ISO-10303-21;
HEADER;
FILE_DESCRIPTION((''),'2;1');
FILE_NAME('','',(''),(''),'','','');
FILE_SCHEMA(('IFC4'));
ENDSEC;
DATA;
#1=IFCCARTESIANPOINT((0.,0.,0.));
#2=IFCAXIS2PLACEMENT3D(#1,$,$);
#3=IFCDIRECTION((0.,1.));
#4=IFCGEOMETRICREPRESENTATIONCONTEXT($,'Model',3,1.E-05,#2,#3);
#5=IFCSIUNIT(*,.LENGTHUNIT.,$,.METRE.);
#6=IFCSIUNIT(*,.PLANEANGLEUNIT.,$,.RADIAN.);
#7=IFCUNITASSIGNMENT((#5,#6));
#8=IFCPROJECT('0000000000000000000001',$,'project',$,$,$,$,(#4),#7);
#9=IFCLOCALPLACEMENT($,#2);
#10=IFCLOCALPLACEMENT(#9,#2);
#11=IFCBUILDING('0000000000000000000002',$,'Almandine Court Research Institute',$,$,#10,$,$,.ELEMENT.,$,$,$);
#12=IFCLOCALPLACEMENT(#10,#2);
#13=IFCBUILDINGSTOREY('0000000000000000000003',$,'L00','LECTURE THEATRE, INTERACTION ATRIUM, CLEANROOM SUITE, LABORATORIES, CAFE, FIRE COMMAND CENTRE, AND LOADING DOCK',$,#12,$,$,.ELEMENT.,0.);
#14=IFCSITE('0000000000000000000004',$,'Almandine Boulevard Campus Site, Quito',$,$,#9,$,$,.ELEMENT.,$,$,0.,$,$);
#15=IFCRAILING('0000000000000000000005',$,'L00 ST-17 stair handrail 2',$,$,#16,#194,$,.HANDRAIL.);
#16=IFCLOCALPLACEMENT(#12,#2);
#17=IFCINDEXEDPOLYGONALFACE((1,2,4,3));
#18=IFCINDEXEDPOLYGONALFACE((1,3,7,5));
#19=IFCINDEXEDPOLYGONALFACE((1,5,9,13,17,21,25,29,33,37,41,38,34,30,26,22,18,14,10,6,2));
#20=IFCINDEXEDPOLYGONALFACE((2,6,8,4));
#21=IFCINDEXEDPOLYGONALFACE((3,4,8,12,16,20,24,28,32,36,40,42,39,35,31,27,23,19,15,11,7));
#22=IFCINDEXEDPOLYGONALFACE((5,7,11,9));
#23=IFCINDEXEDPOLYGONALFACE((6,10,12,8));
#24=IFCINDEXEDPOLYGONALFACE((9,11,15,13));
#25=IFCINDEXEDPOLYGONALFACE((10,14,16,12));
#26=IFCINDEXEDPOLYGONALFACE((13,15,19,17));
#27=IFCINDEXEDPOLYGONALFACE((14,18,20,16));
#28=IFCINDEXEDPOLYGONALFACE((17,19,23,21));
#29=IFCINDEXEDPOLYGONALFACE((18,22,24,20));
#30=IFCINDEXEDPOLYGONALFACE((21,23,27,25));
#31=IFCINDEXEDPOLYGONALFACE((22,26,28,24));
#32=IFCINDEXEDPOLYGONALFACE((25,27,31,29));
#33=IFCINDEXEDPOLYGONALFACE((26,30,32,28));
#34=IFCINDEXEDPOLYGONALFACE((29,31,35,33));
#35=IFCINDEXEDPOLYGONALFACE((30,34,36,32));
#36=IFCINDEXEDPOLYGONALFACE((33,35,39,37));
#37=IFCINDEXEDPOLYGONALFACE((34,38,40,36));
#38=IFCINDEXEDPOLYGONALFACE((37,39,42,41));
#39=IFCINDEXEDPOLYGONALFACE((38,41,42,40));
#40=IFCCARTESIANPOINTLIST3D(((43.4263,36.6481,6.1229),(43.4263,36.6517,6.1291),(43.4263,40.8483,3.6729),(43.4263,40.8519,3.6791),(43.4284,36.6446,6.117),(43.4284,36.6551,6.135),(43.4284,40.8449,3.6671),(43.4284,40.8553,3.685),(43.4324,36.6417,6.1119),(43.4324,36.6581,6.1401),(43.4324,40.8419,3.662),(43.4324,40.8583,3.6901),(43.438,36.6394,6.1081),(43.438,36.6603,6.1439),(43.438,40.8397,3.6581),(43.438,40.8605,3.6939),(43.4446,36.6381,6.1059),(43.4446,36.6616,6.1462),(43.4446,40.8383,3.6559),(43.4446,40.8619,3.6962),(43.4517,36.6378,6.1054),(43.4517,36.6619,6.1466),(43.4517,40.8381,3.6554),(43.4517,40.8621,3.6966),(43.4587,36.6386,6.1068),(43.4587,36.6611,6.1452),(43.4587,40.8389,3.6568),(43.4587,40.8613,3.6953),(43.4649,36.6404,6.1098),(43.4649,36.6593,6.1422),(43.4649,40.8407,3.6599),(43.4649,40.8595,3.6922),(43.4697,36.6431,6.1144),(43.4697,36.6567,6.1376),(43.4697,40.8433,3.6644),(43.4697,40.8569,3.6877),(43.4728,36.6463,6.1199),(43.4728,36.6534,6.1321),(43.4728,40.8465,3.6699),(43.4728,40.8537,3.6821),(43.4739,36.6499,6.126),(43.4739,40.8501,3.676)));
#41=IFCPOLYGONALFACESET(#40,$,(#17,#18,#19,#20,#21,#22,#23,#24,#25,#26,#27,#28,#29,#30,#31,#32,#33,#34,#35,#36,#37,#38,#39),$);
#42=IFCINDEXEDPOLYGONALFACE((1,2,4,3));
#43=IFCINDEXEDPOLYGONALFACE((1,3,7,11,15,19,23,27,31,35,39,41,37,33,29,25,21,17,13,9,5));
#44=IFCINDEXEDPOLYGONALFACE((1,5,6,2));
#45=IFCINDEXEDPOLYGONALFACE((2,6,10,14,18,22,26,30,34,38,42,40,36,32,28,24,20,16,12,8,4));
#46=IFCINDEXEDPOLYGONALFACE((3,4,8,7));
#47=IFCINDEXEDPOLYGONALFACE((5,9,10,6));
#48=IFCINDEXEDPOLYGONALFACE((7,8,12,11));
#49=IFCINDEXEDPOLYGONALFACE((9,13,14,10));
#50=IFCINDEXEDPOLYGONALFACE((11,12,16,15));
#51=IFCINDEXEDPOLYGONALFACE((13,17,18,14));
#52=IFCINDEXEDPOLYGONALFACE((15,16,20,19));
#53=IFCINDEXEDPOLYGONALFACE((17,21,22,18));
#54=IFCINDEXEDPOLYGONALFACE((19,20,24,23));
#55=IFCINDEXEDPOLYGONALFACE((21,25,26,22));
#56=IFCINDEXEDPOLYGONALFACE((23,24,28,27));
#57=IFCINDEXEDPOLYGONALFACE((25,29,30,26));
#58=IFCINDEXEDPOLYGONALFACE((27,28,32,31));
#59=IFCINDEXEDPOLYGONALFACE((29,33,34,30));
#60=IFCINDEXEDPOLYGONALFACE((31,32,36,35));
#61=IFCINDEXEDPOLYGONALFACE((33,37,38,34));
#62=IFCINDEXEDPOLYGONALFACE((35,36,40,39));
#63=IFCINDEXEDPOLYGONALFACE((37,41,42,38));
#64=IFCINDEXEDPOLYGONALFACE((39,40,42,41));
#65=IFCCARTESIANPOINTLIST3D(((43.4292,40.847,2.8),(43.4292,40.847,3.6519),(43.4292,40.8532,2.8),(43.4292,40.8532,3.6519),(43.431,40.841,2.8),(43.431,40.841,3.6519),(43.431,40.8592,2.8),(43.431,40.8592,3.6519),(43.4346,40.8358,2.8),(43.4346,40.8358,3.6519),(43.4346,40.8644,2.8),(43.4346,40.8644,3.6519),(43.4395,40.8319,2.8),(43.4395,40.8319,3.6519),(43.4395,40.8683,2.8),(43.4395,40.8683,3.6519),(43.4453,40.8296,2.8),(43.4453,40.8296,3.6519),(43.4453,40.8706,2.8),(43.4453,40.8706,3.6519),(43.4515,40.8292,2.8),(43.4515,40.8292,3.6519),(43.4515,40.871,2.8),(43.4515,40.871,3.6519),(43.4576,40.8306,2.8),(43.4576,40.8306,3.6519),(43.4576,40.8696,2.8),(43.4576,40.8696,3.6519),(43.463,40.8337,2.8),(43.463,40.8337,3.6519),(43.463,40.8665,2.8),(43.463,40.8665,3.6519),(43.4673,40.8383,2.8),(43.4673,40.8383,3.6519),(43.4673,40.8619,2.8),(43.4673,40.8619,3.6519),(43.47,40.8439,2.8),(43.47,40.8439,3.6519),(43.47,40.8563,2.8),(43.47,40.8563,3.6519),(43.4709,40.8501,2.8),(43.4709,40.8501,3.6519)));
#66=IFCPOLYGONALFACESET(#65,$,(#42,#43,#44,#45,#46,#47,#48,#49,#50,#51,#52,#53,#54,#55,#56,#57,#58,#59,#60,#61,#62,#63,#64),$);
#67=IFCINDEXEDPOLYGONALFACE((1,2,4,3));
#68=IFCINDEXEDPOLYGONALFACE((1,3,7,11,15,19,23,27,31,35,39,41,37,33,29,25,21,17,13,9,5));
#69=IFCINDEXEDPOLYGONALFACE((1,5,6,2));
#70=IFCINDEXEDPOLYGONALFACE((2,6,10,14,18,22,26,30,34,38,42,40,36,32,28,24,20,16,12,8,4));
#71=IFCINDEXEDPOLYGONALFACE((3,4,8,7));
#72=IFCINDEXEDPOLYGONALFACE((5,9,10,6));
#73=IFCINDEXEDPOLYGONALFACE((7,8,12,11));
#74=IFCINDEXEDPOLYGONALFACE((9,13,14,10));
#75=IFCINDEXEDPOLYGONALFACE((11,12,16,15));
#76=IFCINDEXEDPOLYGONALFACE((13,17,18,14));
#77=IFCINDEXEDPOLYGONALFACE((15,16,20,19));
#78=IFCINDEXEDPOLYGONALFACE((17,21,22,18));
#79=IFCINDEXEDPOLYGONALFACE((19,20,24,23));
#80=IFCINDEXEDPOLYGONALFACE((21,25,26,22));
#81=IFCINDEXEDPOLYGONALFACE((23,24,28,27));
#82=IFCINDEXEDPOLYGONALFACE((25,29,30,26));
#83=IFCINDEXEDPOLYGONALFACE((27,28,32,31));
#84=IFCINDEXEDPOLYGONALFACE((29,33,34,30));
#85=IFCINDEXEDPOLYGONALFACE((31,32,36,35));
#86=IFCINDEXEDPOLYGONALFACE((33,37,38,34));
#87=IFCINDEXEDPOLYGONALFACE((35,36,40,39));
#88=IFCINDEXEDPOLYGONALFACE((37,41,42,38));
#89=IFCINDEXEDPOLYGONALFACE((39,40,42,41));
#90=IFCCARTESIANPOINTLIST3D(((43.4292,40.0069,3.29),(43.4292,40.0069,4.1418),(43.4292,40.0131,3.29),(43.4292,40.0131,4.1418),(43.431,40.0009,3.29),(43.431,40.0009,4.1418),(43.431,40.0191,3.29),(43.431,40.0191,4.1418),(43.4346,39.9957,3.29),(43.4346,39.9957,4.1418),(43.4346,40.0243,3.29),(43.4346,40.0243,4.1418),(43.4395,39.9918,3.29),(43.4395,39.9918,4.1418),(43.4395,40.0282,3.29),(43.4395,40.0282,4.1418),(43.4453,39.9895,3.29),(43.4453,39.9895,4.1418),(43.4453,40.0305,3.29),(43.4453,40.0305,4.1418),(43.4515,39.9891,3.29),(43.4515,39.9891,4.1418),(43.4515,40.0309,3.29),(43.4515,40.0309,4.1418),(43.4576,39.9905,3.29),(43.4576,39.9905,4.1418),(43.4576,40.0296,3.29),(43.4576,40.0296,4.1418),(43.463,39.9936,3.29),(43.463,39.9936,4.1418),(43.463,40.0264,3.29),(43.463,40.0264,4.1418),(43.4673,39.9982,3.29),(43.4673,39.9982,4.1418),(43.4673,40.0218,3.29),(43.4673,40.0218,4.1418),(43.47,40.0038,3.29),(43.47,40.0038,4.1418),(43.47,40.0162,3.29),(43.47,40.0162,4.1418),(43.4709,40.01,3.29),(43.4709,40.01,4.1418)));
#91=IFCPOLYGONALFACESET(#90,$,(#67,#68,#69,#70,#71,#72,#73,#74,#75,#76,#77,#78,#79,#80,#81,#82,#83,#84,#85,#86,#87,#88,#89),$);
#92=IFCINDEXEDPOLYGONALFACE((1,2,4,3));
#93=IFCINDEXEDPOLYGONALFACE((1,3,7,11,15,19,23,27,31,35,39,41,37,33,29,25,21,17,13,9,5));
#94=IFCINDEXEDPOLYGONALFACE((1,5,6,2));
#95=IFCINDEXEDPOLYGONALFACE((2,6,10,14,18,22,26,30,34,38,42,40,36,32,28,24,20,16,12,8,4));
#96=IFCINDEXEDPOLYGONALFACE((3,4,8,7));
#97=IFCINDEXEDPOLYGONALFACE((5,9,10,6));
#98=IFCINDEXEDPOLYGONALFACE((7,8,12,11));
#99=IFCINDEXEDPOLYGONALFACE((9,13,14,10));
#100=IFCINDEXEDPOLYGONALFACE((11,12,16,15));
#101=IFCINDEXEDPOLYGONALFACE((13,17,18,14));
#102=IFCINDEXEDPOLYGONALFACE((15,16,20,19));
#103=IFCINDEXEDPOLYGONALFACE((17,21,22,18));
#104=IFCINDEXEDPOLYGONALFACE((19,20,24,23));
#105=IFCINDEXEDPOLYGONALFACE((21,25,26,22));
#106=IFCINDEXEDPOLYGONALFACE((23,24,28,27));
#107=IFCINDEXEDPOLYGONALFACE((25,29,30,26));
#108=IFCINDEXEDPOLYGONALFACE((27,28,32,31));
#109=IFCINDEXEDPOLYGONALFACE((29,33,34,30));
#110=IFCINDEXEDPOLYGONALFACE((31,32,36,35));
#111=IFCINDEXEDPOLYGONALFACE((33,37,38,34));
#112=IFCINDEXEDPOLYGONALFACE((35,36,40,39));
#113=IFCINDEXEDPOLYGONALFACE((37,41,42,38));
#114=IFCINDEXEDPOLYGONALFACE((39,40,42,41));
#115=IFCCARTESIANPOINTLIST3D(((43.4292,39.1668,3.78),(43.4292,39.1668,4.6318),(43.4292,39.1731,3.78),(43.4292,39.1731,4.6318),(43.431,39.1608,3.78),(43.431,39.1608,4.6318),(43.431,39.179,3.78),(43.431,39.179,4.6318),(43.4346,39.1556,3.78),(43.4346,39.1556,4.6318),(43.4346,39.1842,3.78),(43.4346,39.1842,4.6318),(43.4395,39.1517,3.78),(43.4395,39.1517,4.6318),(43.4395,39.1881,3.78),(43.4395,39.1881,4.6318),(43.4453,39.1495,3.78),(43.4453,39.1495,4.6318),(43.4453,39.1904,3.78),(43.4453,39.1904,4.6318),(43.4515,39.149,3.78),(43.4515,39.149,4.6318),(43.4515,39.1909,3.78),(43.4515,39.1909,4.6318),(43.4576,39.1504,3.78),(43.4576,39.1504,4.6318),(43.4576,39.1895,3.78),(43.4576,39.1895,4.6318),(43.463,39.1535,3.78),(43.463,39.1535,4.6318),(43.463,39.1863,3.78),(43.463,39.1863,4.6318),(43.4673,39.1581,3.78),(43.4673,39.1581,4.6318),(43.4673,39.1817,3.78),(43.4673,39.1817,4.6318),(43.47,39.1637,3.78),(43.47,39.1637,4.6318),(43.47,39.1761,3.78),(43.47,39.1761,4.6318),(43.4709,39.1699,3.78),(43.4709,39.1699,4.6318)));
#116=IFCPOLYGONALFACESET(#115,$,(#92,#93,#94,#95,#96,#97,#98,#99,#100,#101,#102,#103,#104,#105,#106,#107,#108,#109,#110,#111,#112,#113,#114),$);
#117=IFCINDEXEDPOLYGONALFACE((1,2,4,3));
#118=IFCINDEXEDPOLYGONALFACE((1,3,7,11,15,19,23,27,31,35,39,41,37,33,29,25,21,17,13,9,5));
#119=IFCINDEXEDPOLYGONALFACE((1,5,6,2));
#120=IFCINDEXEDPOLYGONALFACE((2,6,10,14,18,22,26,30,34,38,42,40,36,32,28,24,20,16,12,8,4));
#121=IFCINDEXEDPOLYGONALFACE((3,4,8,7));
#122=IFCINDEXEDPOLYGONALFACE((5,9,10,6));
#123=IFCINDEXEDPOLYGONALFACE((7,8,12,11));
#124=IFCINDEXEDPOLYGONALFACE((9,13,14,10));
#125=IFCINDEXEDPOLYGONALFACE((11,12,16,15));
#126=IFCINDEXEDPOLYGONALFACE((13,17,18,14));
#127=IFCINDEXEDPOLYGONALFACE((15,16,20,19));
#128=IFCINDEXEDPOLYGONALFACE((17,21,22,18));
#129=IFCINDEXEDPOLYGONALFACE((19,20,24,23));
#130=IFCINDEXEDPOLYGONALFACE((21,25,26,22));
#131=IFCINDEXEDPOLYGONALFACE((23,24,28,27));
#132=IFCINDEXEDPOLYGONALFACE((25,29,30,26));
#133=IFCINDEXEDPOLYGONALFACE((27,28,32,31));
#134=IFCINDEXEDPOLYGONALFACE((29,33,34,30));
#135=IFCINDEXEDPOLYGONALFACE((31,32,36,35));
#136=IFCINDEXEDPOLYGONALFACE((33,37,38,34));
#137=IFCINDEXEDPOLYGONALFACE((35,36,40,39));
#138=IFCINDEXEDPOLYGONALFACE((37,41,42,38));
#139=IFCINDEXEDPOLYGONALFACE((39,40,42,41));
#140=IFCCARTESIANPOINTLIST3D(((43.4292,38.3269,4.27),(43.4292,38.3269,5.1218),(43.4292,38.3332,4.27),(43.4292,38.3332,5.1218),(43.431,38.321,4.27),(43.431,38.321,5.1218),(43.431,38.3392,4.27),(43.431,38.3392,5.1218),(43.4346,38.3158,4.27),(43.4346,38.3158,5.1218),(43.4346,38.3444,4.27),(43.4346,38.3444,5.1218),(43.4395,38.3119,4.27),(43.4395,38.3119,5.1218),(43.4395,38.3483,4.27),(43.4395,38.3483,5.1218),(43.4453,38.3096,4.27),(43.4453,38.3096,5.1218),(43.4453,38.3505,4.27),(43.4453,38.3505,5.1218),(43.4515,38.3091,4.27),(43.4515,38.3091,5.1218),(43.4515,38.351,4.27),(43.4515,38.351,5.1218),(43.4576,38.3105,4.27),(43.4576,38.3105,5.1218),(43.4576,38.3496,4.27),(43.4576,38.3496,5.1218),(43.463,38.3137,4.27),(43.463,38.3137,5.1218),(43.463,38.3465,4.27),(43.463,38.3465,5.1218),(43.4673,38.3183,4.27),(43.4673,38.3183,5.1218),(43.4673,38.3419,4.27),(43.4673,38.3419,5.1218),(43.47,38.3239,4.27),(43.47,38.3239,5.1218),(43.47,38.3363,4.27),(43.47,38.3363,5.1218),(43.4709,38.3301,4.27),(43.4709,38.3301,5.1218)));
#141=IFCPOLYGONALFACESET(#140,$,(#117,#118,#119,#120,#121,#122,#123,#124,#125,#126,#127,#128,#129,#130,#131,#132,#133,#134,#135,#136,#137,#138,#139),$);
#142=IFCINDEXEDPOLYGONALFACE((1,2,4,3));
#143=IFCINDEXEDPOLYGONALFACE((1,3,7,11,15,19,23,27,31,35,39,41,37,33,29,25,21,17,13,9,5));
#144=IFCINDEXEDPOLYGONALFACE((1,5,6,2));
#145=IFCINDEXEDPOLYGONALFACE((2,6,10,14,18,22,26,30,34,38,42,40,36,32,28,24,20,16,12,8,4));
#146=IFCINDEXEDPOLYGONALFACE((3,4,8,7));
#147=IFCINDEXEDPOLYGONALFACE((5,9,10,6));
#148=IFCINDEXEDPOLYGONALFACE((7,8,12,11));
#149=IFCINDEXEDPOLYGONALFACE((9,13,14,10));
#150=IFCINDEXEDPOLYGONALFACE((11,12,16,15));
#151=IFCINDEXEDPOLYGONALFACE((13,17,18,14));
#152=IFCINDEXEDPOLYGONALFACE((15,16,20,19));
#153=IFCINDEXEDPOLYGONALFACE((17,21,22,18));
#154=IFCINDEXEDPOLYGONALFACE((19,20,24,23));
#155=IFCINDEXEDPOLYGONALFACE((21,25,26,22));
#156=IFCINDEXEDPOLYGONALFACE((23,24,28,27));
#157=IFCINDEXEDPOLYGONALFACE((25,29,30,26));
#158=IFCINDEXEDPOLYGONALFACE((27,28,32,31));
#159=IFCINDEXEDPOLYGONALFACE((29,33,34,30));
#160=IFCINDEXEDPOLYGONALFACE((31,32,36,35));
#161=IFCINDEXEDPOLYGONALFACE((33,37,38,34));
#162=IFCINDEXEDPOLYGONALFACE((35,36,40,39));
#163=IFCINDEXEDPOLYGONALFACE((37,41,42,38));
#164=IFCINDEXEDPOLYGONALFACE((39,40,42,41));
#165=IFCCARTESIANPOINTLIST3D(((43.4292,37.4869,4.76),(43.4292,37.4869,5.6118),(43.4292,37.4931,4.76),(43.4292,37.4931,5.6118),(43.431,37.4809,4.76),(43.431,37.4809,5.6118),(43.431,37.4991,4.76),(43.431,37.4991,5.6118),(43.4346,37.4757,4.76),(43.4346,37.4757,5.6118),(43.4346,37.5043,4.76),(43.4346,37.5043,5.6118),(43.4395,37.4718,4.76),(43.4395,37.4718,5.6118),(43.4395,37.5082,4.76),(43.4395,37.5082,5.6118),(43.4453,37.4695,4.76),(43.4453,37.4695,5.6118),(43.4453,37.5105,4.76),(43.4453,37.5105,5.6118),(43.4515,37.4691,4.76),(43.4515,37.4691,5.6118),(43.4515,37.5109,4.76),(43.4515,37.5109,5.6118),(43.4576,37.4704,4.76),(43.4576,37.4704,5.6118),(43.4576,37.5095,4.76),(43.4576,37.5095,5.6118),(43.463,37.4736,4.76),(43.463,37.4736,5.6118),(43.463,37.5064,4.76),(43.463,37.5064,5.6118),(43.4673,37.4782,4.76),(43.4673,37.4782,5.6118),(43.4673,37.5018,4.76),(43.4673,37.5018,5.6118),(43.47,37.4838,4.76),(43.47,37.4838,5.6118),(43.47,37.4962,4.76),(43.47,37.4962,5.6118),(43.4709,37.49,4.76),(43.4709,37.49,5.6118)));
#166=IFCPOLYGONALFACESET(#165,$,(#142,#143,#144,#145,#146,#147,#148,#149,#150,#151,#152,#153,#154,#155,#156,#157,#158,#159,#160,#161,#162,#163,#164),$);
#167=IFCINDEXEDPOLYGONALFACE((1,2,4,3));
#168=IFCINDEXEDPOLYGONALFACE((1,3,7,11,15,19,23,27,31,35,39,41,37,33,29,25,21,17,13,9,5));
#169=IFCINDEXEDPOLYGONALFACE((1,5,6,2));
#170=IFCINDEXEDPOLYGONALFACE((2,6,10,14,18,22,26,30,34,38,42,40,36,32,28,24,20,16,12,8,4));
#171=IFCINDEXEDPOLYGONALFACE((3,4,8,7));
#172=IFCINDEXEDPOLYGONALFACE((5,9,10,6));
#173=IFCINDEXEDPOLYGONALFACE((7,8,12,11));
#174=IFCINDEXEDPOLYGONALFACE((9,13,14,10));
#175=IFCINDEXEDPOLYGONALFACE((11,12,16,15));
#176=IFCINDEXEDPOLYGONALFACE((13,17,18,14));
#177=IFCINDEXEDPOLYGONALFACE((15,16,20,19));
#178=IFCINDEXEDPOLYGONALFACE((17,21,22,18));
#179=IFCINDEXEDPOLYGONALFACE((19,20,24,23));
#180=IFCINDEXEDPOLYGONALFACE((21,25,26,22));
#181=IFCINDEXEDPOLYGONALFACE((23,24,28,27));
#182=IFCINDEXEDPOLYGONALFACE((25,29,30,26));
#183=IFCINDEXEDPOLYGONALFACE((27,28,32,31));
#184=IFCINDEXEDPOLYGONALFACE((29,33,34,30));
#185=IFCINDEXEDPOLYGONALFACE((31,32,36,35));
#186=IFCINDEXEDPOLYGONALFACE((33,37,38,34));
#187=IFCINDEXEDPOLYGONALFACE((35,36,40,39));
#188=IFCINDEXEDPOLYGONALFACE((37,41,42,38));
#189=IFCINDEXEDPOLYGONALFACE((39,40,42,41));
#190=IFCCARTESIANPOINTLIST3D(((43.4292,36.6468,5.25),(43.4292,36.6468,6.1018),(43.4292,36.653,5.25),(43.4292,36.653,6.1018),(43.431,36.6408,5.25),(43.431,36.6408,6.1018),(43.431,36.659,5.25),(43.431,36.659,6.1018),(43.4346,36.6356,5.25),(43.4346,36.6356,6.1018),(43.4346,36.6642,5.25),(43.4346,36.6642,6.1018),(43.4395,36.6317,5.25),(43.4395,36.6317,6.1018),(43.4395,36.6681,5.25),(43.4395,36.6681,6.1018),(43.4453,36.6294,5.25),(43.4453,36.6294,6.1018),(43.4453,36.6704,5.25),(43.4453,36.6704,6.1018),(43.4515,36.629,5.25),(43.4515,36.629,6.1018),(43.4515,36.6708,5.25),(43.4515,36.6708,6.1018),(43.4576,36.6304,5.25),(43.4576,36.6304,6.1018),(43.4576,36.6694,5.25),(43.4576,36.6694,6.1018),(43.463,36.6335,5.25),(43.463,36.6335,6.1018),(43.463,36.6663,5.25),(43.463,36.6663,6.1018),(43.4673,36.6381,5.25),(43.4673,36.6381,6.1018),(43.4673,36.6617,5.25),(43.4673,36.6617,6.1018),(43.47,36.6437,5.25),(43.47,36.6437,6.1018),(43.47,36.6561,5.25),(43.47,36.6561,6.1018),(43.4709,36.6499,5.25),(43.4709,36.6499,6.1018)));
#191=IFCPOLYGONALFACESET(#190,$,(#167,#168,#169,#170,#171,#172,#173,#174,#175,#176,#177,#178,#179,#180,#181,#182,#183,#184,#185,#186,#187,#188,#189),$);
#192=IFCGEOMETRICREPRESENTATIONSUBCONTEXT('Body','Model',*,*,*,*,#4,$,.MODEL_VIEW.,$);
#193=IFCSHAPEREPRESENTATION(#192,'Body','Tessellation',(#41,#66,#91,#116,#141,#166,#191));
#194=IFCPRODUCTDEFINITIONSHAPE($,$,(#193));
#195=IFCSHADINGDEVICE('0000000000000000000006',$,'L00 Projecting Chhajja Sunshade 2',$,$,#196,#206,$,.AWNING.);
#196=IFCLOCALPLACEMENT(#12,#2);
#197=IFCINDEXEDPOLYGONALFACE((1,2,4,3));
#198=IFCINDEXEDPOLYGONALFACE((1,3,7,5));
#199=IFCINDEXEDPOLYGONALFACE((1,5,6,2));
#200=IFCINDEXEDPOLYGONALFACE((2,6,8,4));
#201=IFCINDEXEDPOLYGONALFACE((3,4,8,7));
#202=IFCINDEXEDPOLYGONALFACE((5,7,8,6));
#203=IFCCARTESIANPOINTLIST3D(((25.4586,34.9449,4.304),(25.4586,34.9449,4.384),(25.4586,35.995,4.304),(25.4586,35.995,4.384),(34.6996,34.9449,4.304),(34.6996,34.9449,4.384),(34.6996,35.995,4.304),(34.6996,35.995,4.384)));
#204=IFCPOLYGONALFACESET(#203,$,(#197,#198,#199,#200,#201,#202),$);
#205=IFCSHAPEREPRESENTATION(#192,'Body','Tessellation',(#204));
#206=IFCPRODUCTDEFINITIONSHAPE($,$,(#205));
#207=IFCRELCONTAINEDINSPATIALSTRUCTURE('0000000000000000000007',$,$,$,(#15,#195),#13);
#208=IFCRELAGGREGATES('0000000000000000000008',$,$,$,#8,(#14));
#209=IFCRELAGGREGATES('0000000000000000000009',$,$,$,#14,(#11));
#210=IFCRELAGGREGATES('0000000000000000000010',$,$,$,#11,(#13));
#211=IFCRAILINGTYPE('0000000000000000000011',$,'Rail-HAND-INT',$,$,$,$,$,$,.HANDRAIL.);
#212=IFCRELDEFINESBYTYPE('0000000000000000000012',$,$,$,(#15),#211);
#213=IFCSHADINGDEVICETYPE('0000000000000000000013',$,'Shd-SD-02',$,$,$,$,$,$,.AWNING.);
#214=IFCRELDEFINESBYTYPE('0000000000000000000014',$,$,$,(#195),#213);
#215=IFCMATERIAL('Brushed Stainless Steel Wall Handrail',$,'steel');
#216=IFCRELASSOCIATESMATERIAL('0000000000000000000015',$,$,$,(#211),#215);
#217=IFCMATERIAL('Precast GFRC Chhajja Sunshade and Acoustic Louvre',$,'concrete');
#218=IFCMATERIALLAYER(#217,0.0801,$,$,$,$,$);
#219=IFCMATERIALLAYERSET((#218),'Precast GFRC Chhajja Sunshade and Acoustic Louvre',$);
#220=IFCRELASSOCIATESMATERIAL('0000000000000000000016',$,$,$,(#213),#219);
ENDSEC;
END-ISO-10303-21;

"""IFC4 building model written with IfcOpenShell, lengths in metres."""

from ifc_helpers import new_model, si_unit, direction, frame, origin, origin_2d, place, context, subcontext, project, spatial, rectangle, circle, extrude, material, layer, layer_set, type_object, element, save


model = new_model("IFC4")

# Units and contexts
model_context = context("Model", 3, precision=1e-05, world=origin(), true_north=direction((0.0, 1.0)))
body_context = subcontext(model_context, "Body", "Model", "MODEL_VIEW")
ifc_project = project(units=[si_unit("LENGTHUNIT", "METRE"), si_unit("PLANEANGLEUNIT", "RADIAN")], contexts=[model_context])

# Site, building, storey
site_placement = place(None, origin())
site = spatial("IfcSite", under=ifc_project, at=site_placement, Name="Almandine Boulevard Campus Site, Quito", CompositionType="ELEMENT", RefElevation=0.0)
building_placement = place(site_placement, origin())
building = spatial("IfcBuilding", under=site, at=building_placement, Name="Almandine Court Research Institute", CompositionType="ELEMENT")
storey_placement = place(building_placement, origin())
storey = spatial("IfcBuildingStorey", under=building, at=storey_placement, Name="L00", Description="LECTURE THEATRE, INTERACTION ATRIUM, CLEANROOM SUITE, LABORATORIES, CAFE, FIRE COMMAND CENTRE, AND LOADING DOCK", CompositionType="ELEMENT", Elevation=0.0)

# Railing
ifc_material_1 = material(Name="Brushed Stainless Steel Wall Handrail", Category="steel")
railing_type_1 = type_object("IfcRailingType", Name="Rail-HAND-INT", PredefinedType="HANDRAIL", material=ifc_material_1)
railing_1_placement = place(storey_placement, frame((43.45, 40.8501, 2.8)))
element("IfcRailing", 1, at=railing_1_placement, inside=storey, type_object=railing_type_1, Name="L00 ST-17 stair handrail 2", PredefinedType="HANDRAIL", context=body_context, shape_type="SweptSolid", body=[
    extrude(circle(Radius=0.0239, at=origin_2d()), frame((0.0, 0.0, 0.876), z_axis=(0.0, -0.863793, 0.503846), x_axis=(1.0, 0.0, 0.0)), (0.0, 0.0, 1.0), 4.8625),
    extrude(circle(Radius=0.021, at=origin_2d()), origin(), (0.0, 0.0, 1.0), 0.8518),
    extrude(circle(Radius=0.021, at=origin_2d()), frame((0.0, -0.8401, 0.49)), (0.0, 0.0, 1.0), 0.8518),
    extrude(circle(Radius=0.021, at=origin_2d()), frame((0.0, -1.6802, 0.98)), (0.0, 0.0, 1.0), 0.8518),
    extrude(circle(Radius=0.021, at=origin_2d()), frame((0.0, -2.52, 1.47)), (0.0, 0.0, 1.0), 0.8518),
    extrude(circle(Radius=0.021, at=origin_2d()), frame((0.0, -3.3601, 1.96)), (0.0, 0.0, 1.0), 0.8518),
    extrude(circle(Radius=0.021, at=origin_2d()), frame((0.0, -4.2002, 2.45)), (0.0, 0.0, 1.0), 0.8518),
])

# Shading device
ifc_material_2 = material(Name="Precast GFRC Chhajja Sunshade and Acoustic Louvre", Category="concrete")
ifc_layer_1 = layer(ifc_material_2, 0.0801)
ifc_layer_set_1 = layer_set([ifc_layer_1], Name="Precast GFRC Chhajja Sunshade and Acoustic Louvre")
shading_device_type_1 = type_object("IfcShadingDeviceType", Name="Shd-SD-02", PredefinedType="AWNING", material=ifc_layer_set_1)
shading_device_1_placement = place(storey_placement, frame((30.0791, 35.47, 4.304), z_axis=(0.0, 0.0, 1.0), x_axis=(1.0, 0.0, 0.0)))
element("IfcShadingDevice", 2, at=shading_device_1_placement, inside=storey, type_object=shading_device_type_1, Name="L00 Projecting Chhajja Sunshade 2", PredefinedType="AWNING", context=body_context, shape_type="SweptSolid", body=[
    extrude(rectangle(XDim=9.241, YDim=1.05, at=origin_2d()), origin(), (0.0, 0.0, 1.0), 0.0801),
])

save(model, "model.ifc")
